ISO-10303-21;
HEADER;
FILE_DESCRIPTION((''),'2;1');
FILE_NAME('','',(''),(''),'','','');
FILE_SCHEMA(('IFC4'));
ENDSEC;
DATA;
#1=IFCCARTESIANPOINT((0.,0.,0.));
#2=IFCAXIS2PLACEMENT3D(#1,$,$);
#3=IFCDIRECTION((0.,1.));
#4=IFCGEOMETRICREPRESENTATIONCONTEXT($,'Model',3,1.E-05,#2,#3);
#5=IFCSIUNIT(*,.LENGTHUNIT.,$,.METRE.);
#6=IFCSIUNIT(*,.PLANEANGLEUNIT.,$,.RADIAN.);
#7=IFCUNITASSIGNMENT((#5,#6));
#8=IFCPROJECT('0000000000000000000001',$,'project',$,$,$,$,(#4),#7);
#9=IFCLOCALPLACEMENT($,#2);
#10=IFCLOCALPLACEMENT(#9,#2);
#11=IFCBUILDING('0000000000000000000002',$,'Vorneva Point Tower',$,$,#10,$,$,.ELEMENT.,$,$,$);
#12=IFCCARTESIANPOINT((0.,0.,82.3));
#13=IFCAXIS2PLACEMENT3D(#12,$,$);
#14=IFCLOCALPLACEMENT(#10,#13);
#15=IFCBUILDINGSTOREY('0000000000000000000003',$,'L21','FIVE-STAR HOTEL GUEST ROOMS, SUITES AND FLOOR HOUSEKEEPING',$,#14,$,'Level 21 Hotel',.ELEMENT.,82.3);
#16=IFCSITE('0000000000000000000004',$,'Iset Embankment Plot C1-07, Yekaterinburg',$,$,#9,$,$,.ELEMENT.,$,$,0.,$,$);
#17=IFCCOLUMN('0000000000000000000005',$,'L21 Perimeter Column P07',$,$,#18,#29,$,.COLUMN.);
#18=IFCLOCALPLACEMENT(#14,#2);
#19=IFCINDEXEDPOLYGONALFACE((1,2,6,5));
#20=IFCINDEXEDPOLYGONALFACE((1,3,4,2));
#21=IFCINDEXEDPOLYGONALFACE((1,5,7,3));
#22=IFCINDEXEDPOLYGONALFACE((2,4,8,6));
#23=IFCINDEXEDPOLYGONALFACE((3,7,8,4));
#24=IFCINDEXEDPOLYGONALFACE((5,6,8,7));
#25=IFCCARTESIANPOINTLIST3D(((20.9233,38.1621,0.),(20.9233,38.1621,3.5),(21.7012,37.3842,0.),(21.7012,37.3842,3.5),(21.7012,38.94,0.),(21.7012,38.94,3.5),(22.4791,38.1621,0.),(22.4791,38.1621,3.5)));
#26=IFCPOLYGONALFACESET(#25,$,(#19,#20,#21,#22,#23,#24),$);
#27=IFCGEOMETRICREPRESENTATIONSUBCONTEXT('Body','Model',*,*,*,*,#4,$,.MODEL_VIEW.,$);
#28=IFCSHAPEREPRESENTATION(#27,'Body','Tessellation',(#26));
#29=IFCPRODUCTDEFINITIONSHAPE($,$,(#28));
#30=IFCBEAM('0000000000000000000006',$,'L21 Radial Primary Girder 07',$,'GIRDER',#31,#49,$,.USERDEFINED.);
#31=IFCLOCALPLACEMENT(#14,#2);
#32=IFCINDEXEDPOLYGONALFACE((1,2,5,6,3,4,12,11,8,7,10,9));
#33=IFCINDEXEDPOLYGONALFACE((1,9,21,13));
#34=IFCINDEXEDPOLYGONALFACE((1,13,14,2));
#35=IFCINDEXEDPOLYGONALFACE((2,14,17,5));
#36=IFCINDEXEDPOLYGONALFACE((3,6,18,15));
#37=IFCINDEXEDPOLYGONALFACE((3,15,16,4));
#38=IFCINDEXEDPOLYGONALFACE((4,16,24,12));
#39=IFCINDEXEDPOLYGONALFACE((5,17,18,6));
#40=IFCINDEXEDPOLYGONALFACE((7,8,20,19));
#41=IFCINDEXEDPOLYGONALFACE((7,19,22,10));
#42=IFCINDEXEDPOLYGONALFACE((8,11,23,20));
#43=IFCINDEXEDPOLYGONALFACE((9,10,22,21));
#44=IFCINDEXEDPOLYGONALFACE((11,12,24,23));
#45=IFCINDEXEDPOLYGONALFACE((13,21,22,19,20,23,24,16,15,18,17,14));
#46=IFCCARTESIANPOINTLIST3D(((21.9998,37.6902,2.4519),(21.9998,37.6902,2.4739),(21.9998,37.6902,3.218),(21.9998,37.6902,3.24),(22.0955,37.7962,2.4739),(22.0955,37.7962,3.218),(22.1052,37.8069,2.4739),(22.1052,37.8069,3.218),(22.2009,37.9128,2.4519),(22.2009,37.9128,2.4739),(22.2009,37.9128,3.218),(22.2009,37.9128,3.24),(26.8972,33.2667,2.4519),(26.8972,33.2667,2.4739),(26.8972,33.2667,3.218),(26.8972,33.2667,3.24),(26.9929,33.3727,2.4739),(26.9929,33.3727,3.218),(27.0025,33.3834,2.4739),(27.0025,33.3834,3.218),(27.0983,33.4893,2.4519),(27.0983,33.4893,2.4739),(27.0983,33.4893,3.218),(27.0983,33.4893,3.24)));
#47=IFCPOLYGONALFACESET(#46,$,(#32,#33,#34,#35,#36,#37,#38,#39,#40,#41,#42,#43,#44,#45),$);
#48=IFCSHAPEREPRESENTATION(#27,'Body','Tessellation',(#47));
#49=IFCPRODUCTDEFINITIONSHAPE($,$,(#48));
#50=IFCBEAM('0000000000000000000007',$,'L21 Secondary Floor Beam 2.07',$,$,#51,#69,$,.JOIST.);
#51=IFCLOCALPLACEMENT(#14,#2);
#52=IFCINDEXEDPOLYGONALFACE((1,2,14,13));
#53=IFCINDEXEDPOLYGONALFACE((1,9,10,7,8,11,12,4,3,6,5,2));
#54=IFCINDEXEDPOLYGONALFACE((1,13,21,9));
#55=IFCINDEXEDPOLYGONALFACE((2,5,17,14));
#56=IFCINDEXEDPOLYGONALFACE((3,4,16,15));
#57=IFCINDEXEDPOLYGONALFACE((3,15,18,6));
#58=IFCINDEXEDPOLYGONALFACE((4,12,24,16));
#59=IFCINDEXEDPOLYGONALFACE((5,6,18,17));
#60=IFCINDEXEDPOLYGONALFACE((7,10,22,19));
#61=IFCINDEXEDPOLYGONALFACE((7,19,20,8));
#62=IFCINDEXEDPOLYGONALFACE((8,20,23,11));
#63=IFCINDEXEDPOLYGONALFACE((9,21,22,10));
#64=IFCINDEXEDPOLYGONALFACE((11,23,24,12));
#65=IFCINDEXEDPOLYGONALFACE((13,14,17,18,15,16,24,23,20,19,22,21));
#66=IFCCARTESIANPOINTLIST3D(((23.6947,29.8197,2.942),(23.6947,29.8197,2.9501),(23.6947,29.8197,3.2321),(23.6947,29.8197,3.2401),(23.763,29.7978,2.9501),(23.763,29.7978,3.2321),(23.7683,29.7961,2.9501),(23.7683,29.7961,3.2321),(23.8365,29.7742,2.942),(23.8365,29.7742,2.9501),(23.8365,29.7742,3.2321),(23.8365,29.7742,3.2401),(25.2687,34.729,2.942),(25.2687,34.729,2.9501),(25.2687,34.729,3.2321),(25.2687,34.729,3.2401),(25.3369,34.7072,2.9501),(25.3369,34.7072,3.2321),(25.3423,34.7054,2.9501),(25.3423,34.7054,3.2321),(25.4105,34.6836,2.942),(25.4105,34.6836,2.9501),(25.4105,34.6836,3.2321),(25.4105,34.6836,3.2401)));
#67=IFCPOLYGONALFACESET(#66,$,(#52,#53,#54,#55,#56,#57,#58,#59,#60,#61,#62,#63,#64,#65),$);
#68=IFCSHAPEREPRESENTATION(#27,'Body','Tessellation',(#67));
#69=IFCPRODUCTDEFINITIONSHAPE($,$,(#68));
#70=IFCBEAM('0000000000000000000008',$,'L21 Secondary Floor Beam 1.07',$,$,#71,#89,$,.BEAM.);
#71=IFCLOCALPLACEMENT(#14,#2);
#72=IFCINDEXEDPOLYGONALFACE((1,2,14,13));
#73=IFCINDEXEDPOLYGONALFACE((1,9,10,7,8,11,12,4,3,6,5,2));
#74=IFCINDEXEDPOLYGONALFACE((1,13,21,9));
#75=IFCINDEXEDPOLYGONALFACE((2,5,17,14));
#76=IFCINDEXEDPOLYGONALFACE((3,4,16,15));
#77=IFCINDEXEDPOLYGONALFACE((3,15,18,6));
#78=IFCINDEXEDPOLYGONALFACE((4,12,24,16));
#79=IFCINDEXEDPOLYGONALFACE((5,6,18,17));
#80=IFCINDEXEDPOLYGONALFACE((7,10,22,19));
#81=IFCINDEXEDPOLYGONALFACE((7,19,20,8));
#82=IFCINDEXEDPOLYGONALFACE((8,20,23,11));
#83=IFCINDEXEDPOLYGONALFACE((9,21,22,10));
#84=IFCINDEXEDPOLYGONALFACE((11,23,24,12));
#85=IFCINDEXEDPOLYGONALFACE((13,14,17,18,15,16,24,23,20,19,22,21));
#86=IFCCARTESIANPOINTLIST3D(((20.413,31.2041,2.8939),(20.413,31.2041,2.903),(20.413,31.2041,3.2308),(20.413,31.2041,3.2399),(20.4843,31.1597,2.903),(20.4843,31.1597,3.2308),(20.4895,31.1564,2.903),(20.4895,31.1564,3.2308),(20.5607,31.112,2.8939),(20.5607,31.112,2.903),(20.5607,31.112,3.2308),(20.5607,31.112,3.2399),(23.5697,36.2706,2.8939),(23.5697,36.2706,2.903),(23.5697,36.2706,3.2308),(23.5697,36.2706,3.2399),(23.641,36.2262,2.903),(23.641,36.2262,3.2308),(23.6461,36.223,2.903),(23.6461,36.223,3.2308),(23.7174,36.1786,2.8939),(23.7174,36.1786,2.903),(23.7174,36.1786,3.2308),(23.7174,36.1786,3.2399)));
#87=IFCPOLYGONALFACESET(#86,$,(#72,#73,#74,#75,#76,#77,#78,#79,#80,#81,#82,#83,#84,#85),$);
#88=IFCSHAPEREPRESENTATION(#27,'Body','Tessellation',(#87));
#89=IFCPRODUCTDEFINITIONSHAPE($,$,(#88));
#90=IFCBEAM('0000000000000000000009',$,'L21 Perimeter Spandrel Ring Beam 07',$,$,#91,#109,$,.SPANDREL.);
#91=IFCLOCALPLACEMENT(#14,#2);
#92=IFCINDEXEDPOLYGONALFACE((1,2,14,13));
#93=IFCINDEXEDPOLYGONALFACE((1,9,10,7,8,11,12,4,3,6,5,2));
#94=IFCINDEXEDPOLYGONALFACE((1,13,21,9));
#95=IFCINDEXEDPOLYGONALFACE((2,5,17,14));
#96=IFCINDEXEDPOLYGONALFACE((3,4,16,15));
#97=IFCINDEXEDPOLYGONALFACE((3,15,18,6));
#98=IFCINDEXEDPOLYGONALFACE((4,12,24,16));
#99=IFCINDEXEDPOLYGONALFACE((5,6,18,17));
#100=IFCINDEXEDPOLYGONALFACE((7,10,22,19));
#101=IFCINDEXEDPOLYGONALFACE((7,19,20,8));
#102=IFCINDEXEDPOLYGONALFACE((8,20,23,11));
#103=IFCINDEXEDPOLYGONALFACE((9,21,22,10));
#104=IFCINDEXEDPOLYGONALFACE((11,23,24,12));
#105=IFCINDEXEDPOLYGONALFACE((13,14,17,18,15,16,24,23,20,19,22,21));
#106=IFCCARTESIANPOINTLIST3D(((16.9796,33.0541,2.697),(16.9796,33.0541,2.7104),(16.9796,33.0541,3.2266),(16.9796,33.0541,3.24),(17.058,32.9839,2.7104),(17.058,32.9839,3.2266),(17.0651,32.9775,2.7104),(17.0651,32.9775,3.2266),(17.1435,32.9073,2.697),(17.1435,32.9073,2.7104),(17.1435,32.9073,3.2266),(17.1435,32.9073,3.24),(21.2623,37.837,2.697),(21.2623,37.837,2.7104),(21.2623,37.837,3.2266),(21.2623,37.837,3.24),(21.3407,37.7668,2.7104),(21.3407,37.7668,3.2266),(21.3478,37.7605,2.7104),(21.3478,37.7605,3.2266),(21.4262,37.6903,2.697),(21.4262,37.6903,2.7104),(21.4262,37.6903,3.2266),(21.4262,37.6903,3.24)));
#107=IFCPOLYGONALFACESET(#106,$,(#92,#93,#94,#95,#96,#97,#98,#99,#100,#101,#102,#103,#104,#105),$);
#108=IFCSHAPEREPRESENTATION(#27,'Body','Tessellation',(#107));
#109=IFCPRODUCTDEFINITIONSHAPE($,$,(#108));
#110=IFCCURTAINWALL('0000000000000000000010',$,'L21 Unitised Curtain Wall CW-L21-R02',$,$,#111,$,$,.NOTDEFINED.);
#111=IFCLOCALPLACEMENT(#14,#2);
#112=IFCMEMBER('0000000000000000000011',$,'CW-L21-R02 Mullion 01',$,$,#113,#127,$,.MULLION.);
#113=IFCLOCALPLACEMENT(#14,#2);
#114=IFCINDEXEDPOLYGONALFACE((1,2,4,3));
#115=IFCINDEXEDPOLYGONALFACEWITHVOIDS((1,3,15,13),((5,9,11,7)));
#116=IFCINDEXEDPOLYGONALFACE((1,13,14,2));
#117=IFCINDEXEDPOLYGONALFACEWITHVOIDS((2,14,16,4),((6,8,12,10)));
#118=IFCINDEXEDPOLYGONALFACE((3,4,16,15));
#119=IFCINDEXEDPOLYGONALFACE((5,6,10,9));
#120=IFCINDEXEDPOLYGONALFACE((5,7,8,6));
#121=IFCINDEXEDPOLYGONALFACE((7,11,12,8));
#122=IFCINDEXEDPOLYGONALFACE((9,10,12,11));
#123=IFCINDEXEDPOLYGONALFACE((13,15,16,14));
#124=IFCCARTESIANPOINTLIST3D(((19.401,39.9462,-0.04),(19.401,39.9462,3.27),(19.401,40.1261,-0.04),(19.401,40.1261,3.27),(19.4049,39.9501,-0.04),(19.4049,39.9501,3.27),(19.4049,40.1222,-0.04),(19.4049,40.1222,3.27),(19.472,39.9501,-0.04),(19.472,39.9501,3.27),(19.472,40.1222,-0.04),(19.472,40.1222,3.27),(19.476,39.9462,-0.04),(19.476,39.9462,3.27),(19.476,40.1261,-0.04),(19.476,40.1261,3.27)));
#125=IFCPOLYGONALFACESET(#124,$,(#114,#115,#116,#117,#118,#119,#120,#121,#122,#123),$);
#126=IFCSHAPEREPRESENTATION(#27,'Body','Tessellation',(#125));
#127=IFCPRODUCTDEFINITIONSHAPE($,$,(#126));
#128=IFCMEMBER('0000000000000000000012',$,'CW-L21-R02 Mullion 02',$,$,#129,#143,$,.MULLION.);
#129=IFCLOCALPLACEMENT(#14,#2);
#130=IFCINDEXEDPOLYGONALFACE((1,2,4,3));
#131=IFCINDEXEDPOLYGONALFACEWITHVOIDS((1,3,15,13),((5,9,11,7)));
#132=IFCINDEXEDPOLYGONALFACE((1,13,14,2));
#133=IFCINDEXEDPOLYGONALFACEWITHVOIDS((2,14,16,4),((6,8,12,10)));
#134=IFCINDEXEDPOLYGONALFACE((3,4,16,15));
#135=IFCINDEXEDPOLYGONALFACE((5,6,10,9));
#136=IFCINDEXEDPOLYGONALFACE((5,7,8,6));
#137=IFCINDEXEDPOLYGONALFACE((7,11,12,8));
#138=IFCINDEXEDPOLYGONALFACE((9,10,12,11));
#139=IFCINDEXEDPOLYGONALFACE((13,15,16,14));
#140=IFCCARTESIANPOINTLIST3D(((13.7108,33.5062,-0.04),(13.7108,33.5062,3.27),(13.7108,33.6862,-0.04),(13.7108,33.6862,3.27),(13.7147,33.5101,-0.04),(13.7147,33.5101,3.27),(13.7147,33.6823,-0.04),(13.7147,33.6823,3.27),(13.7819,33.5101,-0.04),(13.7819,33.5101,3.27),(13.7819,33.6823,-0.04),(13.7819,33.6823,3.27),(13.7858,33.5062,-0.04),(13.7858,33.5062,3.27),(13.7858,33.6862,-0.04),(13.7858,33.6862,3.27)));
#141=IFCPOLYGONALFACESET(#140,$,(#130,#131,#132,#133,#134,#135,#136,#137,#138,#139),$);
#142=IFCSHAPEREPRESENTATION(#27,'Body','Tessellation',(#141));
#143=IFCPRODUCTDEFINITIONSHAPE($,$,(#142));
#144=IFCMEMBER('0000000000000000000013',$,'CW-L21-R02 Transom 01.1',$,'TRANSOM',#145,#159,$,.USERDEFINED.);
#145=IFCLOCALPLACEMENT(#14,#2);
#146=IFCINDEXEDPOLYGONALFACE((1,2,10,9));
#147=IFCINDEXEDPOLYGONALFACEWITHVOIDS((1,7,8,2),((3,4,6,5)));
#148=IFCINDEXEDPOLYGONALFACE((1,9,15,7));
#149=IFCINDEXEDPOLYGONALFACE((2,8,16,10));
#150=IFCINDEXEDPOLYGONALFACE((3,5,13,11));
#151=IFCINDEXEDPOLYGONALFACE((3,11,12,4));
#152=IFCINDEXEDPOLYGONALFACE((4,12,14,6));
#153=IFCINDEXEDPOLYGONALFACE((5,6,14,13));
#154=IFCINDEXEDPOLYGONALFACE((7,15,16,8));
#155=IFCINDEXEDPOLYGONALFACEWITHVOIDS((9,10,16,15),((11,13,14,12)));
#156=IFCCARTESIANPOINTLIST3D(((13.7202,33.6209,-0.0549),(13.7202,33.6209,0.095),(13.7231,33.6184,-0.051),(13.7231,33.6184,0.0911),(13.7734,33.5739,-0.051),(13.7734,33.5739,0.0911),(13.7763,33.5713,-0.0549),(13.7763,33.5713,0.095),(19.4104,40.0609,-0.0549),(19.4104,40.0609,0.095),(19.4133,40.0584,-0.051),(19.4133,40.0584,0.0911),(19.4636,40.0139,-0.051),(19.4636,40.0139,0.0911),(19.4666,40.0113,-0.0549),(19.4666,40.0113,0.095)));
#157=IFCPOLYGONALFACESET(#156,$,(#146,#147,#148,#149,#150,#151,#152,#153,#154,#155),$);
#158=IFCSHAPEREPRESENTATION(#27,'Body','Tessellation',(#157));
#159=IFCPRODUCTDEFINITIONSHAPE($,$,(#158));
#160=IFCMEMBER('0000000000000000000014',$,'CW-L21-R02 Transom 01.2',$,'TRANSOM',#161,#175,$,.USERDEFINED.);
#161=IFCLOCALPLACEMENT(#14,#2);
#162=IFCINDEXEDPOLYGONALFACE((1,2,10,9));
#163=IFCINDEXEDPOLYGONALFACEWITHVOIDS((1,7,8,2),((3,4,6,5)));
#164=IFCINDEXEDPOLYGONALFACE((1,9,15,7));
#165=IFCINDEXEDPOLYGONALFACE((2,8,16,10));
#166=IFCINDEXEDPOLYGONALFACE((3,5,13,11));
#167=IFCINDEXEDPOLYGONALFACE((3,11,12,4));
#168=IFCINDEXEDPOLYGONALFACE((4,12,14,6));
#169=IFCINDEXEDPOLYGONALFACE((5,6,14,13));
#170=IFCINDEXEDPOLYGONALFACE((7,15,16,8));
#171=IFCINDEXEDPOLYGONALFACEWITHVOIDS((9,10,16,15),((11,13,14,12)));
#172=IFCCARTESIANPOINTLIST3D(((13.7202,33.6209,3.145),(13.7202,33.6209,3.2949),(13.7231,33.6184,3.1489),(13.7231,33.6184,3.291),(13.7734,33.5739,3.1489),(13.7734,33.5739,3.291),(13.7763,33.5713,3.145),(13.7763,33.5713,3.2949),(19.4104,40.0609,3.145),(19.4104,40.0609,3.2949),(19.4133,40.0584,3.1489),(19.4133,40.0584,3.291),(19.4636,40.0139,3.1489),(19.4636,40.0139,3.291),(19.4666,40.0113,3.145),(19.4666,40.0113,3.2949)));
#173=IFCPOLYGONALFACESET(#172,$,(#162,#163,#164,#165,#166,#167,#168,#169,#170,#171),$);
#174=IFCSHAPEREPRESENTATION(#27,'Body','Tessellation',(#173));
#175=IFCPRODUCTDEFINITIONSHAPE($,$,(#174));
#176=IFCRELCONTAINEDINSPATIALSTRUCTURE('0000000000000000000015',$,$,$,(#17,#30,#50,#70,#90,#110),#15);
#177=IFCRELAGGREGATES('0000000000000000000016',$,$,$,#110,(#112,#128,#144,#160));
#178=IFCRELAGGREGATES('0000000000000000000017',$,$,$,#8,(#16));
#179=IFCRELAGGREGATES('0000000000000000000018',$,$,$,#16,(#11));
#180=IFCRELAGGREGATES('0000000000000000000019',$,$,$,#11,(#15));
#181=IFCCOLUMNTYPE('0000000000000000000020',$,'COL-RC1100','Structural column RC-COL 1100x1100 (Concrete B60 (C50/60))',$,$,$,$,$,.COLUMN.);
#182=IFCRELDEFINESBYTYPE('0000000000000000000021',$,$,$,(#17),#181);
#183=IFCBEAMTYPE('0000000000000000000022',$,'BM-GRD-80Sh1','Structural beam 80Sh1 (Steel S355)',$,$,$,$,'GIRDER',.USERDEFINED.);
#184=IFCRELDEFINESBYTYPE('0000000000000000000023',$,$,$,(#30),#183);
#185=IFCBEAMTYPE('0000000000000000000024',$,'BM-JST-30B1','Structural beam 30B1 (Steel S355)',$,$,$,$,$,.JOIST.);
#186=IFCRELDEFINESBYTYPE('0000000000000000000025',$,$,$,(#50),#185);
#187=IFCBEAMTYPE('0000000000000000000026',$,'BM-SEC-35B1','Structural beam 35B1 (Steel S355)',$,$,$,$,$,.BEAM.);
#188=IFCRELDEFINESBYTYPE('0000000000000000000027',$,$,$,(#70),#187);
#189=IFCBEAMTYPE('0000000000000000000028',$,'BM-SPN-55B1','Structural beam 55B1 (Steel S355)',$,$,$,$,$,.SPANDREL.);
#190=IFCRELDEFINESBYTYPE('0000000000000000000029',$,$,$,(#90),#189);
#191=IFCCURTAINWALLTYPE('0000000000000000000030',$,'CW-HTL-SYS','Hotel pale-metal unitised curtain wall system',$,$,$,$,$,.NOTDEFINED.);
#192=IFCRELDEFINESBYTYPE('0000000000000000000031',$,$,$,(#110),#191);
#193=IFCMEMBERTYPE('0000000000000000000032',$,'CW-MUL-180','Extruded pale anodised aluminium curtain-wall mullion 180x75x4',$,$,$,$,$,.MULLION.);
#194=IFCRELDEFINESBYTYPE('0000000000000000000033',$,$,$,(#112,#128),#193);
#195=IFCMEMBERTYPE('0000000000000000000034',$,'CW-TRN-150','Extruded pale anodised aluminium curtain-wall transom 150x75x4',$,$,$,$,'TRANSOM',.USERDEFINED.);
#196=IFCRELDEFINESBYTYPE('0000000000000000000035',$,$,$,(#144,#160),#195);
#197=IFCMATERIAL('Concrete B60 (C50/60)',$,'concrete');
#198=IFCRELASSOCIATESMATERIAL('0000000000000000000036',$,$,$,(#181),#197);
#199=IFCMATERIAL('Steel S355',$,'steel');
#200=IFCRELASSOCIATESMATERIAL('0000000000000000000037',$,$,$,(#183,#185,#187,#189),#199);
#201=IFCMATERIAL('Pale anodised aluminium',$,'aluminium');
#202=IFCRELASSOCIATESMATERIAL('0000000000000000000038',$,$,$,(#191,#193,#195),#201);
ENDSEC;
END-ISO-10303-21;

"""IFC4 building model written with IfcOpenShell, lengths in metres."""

from ifc_helpers import new_model, si_unit, direction, frame, origin, origin_2d, place, context, subcontext, project, spatial, rectangle, hollow_rectangle, i_section, extrude, material, material_profile, profile_set, type_object, element, aggregate, save


model = new_model("IFC4")

# Units and contexts
model_context = context("Model", 3, precision=1e-05, world=origin(), true_north=direction((0.0, 1.0)))
body_context = subcontext(model_context, "Body", "Model", "MODEL_VIEW")
ifc_project = project(units=[si_unit("LENGTHUNIT", "METRE"), si_unit("PLANEANGLEUNIT", "RADIAN")], contexts=[model_context])

# Site, building, storey
site_placement = place(None, origin())
site = spatial("IfcSite", under=ifc_project, at=site_placement, Name="Iset Embankment Plot C1-07, Yekaterinburg", CompositionType="ELEMENT", RefElevation=0.0)
building_placement = place(site_placement, origin())
building = spatial("IfcBuilding", under=site, at=building_placement, Name="Vorneva Point Tower", CompositionType="ELEMENT")
storey_placement = place(building_placement, frame((0.0, 0.0, 82.3)))
storey = spatial("IfcBuildingStorey", under=building, at=storey_placement, Name="L21", Description="FIVE-STAR HOTEL GUEST ROOMS, SUITES AND FLOOR HOUSEKEEPING", LongName="Level 21 Hotel", CompositionType="ELEMENT", Elevation=82.3)

# Column
ifc_material_1 = material(Name="Concrete B60 (C50/60)", Category="concrete")
ifc_material_profile_1 = material_profile(ifc_material_1, rectangle(XDim=1.1001, YDim=1.1001, at=origin_2d()), Name="RC-COL 1100x1100")
ifc_profile_set_1 = profile_set([ifc_material_profile_1], Name="Concrete B60 (C50/60)")
column_type = type_object("IfcColumnType", Name="COL-RC1100", Description="Structural column RC-COL 1100x1100 (Concrete B60 (C50/60))", PredefinedType="COLUMN", material=ifc_profile_set_1)
column_placement = place(storey_placement, frame((21.7012, 38.1621, 0.0), z_axis=(0.0, 0.0, 1.0), x_axis=(-0.707107, 0.707107, 0.0)))
element("IfcColumn", 1, at=column_placement, inside=storey, type_object=column_type, Name="L21 Perimeter Column P07", PredefinedType="COLUMN", context=body_context, shape_type="SweptSolid", body=[
    extrude(rectangle(XDim=1.1001, YDim=1.1001, at=origin_2d()), origin(), (0.0, 0.0, 1.0), 3.5),
])

# Beams
ifc_material_2 = material(Name="Steel S355", Category="steel")
ifc_material_profile_2 = material_profile(ifc_material_2, i_section(OverallWidth=0.3, OverallDepth=0.7881, WebThickness=0.0144, FlangeThickness=0.022, at=origin_2d()), Name="80Sh1")
ifc_profile_set_2 = profile_set([ifc_material_profile_2], Name="Steel S355")
beam_type_1 = type_object("IfcBeamType", Name="BM-GRD-80Sh1", Description="Structural beam 80Sh1 (Steel S355)", ElementType="GIRDER", PredefinedType="USERDEFINED", material=ifc_profile_set_2)
beam_1_placement = place(storey_placement, frame((22.1003, 37.8015, 2.8459), z_axis=(0.742097, -0.670292, 0.0), x_axis=(0.670292, 0.742097, 0.0)))
element("IfcBeam", 2, at=beam_1_placement, inside=storey, type_object=beam_type_1, Name="L21 Radial Primary Girder 07", ObjectType="GIRDER", PredefinedType="USERDEFINED", context=body_context, shape_type="SweptSolid", body=[
    extrude(i_section(OverallWidth=0.3, OverallDepth=0.7881, WebThickness=0.0144, FlangeThickness=0.022, at=origin_2d()), origin(), (0.0, 0.0, 1.0), 6.5994),
])
ifc_material_profile_3 = material_profile(ifc_material_2, i_section(OverallWidth=0.1489, OverallDepth=0.2981, WebThickness=0.0056, FlangeThickness=0.0081, at=origin_2d()), Name="30B1")
ifc_profile_set_3 = profile_set([ifc_material_profile_3], Name="Steel S355")
beam_type_2 = type_object("IfcBeamType", Name="BM-JST-30B1", Description="Structural beam 30B1 (Steel S355)", PredefinedType="JOIST", material=ifc_profile_set_3)
beam_2_placement = place(storey_placement, frame((25.3396, 34.7063, 3.0911), z_axis=(-0.305296, -0.952257, 0.0), x_axis=(0.952257, -0.305296, 0.0)))
element("IfcBeam", 3, at=beam_2_placement, inside=storey, type_object=beam_type_2, Name="L21 Secondary Floor Beam 2.07", PredefinedType="JOIST", context=body_context, shape_type="SweptSolid", body=[
    extrude(i_section(OverallWidth=0.1489, OverallDepth=0.2981, WebThickness=0.0056, FlangeThickness=0.0081, at=origin_2d()), origin(), (0.0, 0.0, 1.0), 5.1555),
])
ifc_material_profile_4 = material_profile(ifc_material_2, i_section(OverallWidth=0.1741, OverallDepth=0.3459, WebThickness=0.0061, FlangeThickness=0.009, at=origin_2d()), Name="35B1")
ifc_profile_set_4 = profile_set([ifc_material_profile_4], Name="Steel S355")
beam_type_3 = type_object("IfcBeamType", Name="BM-SEC-35B1", Description="Structural beam 35B1 (Steel S355)", PredefinedType="BEAM", material=ifc_profile_set_4)
beam_3_placement = place(storey_placement, frame((23.6436, 36.2246, 3.0669), z_axis=(-0.528804, -0.848744, 0.0), x_axis=(0.848744, -0.528804, 0.0)))
element("IfcBeam", 4, at=beam_3_placement, inside=storey, type_object=beam_type_3, Name="L21 Secondary Floor Beam 1.07", PredefinedType="BEAM", context=body_context, shape_type="SweptSolid", body=[
    extrude(i_section(OverallWidth=0.1741, OverallDepth=0.3459, WebThickness=0.0061, FlangeThickness=0.009, at=origin_2d()), origin(), (0.0, 0.0, 1.0), 5.9695),
])
ifc_material_profile_5 = material_profile(ifc_material_2, i_section(OverallWidth=0.22, OverallDepth=0.543, WebThickness=0.0095, FlangeThickness=0.0134, at=origin_2d()), Name="55B1")
ifc_profile_set_5 = profile_set([ifc_material_profile_5], Name="Steel S355")
beam_type_4 = type_object("IfcBeamType", Name="BM-SPN-55B1", Description="Structural beam 55B1 (Steel S355)", PredefinedType="SPANDREL", material=ifc_profile_set_5)
beam_4_placement = place(storey_placement, frame((21.3442, 37.7637, 2.9685), z_axis=(-0.667074, -0.744992, 0.0), x_axis=(0.744992, -0.667074, 0.0)))
element("IfcBeam", 5, at=beam_4_placement, inside=storey, type_object=beam_type_4, Name="L21 Perimeter Spandrel Ring Beam 07", PredefinedType="SPANDREL", context=body_context, shape_type="SweptSolid", body=[
    extrude(i_section(OverallWidth=0.22, OverallDepth=0.543, WebThickness=0.0095, FlangeThickness=0.0134, at=origin_2d()), origin(), (0.0, 0.0, 1.0), 6.4202),
])

# Curtain wall, members
ifc_material_3 = material(Name="Pale anodised aluminium", Category="aluminium")
curtain_wall_type = type_object("IfcCurtainWallType", Name="CW-HTL-SYS", Description="Hotel pale-metal unitised curtain wall system", PredefinedType="NOTDEFINED", material=ifc_material_3)
curtain_wall_placement = place(storey_placement, origin())
curtain_wall = element("IfcCurtainWall", 6, at=curtain_wall_placement, inside=storey, type_object=curtain_wall_type, Name="L21 Unitised Curtain Wall CW-L21-R02", PredefinedType="NOTDEFINED")
ifc_material_profile_6 = material_profile(ifc_material_3, hollow_rectangle(XDim=0.075, YDim=0.1799, WallThickness=0.0039, at=origin_2d()), Name="AL-MUL 180x75x4")
ifc_profile_set_6 = profile_set([ifc_material_profile_6], Name="Pale anodised aluminium")
member_type_1 = type_object("IfcMemberType", Name="CW-MUL-180", Description="Extruded pale anodised aluminium curtain-wall mullion 180x75x4", PredefinedType="MULLION", material=ifc_profile_set_6)
member_1_placement = place(storey_placement, frame((19.4385, 40.0361, -0.04), z_axis=(0.0, 0.0, 1.0), x_axis=(1.0, 0.0, 0.0)))
member_1 = element("IfcMember", 7, at=member_1_placement, type_object=member_type_1, Name="CW-L21-R02 Mullion 01", PredefinedType="MULLION", context=body_context, shape_type="SweptSolid", body=[
    extrude(hollow_rectangle(XDim=0.075, YDim=0.1799, WallThickness=0.0039, at=origin_2d()), origin(), (0.0, 0.0, 1.0), 3.3101),
])
member_2_placement = place(storey_placement, frame((13.7483, 33.5962, -0.04), z_axis=(0.0, 0.0, 1.0), x_axis=(1.0, 0.0, 0.0)))
member_2 = element("IfcMember", 8, at=member_2_placement, type_object=member_type_1, Name="CW-L21-R02 Mullion 02", PredefinedType="MULLION", context=body_context, shape_type="SweptSolid", body=[
    extrude(hollow_rectangle(XDim=0.075, YDim=0.1799, WallThickness=0.0039, at=origin_2d()), origin(), (0.0, 0.0, 1.0), 3.3101),
])
ifc_material_profile_7 = material_profile(ifc_material_3, hollow_rectangle(XDim=0.075, YDim=0.1499, WallThickness=0.0039, at=origin_2d()), Name="AL-TRN 150x75x4")
ifc_profile_set_7 = profile_set([ifc_material_profile_7], Name="Pale anodised aluminium")
member_type_2 = type_object("IfcMemberType", Name="CW-TRN-150", Description="Extruded pale anodised aluminium curtain-wall transom 150x75x4", ElementType="TRANSOM", PredefinedType="USERDEFINED", material=ifc_profile_set_7)
member_3_placement = place(storey_placement, frame((19.4385, 40.0361, 0.02), z_axis=(-0.662137, -0.749383, 0.0), x_axis=(0.749383, -0.662137, 0.0)))
member_3 = element("IfcMember", 9, at=member_3_placement, type_object=member_type_2, Name="CW-L21-R02 Transom 01.1", ObjectType="TRANSOM", PredefinedType="USERDEFINED", context=body_context, shape_type="SweptSolid", body=[
    extrude(hollow_rectangle(XDim=0.075, YDim=0.1499, WallThickness=0.0039, at=origin_2d()), origin(), (0.0, 0.0, 1.0), 8.5938),
])
member_4_placement = place(storey_placement, frame((19.4385, 40.0361, 3.22), z_axis=(-0.662137, -0.749383, 0.0), x_axis=(0.749383, -0.662137, 0.0)))
member_4 = element("IfcMember", 10, at=member_4_placement, type_object=member_type_2, Name="CW-L21-R02 Transom 01.2", ObjectType="TRANSOM", PredefinedType="USERDEFINED", context=body_context, shape_type="SweptSolid", body=[
    extrude(hollow_rectangle(XDim=0.075, YDim=0.1499, WallThickness=0.0039, at=origin_2d()), origin(), (0.0, 0.0, 1.0), 8.5938),
])
aggregate(curtain_wall, [member_1, member_2, member_3, member_4])

save(model, "model.ifc")
